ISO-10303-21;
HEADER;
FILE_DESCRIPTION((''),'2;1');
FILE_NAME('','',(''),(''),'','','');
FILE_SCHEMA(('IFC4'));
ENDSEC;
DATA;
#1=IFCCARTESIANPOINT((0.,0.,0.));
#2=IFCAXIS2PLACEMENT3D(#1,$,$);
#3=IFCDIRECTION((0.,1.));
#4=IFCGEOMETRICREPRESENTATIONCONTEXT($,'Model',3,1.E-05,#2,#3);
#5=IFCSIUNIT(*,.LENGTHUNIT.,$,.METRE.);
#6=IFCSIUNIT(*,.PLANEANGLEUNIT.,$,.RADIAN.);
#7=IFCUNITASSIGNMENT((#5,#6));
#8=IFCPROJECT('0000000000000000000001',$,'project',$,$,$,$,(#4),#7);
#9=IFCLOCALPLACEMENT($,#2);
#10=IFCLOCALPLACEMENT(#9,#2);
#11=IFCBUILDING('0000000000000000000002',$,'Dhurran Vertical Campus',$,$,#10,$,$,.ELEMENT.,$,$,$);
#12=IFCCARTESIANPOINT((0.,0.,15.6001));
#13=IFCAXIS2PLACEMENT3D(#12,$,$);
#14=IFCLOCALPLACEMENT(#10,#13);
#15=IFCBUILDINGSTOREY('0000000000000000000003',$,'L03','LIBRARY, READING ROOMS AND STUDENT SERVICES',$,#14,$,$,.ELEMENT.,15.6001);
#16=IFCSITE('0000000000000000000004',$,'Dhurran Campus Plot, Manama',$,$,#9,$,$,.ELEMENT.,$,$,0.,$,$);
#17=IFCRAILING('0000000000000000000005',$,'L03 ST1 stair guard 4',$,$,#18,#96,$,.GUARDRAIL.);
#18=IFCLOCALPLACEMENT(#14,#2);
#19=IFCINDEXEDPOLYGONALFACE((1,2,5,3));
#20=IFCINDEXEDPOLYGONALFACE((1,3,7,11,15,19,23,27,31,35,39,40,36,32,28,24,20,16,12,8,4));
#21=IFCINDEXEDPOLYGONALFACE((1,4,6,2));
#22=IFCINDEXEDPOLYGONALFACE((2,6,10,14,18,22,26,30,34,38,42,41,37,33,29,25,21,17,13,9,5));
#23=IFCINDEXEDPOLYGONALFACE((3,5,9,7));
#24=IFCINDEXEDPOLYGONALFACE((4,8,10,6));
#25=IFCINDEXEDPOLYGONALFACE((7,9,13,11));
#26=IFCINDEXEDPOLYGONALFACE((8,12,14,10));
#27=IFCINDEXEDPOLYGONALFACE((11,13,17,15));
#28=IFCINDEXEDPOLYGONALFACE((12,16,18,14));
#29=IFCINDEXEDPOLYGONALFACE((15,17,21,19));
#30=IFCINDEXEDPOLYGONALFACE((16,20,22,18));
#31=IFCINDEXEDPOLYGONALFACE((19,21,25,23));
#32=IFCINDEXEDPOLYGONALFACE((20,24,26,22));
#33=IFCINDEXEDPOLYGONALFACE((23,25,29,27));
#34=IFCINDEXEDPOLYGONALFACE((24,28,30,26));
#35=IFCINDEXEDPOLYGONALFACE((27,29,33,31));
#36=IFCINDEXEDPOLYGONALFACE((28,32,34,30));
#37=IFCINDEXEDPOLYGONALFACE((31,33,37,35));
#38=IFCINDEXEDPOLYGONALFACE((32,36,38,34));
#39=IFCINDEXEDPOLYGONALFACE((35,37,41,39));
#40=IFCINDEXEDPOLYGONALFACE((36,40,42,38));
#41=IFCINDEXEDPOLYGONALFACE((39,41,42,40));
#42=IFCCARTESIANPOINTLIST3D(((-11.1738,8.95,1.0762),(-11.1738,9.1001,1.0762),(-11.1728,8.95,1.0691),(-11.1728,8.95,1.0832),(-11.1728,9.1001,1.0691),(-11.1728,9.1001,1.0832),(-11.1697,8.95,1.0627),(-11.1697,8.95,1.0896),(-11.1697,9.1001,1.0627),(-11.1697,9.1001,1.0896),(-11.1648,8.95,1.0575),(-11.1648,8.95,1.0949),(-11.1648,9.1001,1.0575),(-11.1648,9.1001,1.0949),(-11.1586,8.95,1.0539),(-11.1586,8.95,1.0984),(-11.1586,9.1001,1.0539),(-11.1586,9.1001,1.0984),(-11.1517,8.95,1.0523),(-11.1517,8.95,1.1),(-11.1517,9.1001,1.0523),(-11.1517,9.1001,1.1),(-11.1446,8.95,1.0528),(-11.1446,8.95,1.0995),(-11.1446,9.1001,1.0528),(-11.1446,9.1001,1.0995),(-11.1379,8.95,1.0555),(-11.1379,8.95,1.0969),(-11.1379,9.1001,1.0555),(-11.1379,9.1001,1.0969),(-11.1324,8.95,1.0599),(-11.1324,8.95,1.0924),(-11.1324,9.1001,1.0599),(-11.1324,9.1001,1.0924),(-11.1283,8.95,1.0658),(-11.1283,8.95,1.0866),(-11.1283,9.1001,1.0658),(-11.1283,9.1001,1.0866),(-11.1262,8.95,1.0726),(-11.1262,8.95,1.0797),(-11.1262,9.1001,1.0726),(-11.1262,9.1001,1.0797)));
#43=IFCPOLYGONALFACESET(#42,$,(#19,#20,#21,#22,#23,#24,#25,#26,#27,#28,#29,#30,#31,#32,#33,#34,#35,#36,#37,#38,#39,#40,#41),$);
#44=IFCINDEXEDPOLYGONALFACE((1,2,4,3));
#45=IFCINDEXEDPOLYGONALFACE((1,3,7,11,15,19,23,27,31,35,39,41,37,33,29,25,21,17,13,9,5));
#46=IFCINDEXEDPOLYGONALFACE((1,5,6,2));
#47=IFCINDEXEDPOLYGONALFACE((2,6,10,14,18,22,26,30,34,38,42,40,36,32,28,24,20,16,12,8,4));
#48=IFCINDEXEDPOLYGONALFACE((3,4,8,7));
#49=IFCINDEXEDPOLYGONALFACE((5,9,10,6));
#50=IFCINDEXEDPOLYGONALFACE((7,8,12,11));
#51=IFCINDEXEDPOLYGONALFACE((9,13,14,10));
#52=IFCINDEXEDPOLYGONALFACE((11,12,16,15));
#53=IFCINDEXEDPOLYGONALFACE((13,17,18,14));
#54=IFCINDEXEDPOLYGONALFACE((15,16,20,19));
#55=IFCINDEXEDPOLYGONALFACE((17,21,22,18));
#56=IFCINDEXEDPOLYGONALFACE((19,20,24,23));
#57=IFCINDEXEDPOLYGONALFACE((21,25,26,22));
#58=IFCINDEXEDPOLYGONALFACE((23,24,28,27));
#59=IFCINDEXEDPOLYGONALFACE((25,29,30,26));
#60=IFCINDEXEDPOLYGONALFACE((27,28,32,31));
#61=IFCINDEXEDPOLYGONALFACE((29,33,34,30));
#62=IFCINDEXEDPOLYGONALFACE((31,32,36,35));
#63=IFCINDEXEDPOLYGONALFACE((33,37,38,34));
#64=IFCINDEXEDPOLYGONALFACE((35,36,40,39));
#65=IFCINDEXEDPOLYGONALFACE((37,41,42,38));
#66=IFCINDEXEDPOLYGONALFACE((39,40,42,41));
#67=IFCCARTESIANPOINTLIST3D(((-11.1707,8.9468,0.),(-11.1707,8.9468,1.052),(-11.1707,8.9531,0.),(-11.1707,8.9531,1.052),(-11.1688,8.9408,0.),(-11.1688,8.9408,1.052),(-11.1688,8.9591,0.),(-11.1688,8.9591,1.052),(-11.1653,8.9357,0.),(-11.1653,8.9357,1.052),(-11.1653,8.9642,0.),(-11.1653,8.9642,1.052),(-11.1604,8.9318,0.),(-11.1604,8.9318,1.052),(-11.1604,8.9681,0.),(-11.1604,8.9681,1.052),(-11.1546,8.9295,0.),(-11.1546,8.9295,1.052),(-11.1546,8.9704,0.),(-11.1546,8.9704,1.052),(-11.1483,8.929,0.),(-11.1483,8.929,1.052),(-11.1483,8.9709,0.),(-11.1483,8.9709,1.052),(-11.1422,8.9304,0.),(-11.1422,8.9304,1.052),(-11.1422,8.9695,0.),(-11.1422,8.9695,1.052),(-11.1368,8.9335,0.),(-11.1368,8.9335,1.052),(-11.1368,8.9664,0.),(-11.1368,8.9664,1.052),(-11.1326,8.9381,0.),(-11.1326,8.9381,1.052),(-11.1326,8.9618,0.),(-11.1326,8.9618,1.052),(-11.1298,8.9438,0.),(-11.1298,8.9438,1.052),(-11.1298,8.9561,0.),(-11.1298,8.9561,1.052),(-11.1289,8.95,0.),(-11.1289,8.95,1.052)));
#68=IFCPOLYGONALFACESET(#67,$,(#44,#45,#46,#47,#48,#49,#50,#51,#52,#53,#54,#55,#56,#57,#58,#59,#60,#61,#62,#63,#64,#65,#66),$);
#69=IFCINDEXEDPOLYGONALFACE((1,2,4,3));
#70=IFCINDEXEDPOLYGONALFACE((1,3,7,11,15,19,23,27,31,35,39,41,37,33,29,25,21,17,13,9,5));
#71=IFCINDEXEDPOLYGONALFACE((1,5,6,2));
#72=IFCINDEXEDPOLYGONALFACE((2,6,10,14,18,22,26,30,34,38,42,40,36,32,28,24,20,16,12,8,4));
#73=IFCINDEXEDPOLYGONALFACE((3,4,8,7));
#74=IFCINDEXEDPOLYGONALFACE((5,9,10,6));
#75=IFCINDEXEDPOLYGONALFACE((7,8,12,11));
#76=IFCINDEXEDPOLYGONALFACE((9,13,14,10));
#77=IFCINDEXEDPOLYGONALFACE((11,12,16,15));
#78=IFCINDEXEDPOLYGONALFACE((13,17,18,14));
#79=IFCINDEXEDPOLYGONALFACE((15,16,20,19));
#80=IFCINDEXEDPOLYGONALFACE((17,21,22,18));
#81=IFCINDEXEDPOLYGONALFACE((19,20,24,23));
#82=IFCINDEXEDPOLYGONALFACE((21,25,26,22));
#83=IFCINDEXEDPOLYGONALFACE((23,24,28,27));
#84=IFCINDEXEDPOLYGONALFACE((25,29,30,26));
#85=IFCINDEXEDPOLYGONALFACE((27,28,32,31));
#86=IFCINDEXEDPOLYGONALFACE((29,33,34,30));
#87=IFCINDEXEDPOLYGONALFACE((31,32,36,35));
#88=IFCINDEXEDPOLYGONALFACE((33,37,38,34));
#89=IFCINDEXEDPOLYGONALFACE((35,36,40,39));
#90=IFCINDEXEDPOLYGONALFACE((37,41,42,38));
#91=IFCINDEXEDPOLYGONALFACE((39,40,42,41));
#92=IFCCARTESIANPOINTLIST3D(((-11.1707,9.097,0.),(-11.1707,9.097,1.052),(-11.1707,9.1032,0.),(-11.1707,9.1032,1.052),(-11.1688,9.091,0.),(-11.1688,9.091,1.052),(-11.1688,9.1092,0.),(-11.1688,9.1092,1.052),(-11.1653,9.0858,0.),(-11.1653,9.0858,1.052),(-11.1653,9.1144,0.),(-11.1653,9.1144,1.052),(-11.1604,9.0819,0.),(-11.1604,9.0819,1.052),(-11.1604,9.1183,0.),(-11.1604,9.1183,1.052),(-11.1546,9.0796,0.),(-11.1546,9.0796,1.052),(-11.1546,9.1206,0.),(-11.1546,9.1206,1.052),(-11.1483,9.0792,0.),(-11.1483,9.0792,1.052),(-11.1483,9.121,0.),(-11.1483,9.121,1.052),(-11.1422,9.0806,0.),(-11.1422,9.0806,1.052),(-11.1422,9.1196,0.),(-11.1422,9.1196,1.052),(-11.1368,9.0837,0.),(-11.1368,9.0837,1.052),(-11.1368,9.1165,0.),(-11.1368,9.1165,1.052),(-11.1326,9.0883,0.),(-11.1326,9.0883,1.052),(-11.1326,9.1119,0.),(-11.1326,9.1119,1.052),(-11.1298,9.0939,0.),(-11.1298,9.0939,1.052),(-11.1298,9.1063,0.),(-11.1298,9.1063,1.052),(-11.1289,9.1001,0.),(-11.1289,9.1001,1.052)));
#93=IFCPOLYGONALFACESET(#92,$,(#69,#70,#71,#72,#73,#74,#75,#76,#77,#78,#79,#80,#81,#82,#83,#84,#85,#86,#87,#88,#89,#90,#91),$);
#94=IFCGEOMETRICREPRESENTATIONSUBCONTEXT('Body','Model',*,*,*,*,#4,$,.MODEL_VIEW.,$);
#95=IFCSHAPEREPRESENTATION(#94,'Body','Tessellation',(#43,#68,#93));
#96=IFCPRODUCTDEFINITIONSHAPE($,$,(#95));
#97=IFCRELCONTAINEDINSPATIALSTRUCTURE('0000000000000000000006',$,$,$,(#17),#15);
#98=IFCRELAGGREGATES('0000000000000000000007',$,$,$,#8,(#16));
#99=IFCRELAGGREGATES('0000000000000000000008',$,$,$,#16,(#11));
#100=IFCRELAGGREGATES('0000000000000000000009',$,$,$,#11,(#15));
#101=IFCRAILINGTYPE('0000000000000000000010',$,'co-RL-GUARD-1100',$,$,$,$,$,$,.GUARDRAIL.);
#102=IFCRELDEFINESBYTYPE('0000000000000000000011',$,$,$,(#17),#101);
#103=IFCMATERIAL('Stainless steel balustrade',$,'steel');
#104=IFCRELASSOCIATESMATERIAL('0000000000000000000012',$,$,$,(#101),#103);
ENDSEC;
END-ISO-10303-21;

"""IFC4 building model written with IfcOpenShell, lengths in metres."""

from ifc_helpers import new_model, si_unit, direction, frame, origin, origin_2d, place, context, subcontext, project, spatial, circle, extrude, material, type_object, element, save


model = new_model("IFC4")

# Units and contexts
model_context = context("Model", 3, precision=1e-05, world=origin(), true_north=direction((0.0, 1.0)))
body_context = subcontext(model_context, "Body", "Model", "MODEL_VIEW")
ifc_project = project(units=[si_unit("LENGTHUNIT", "METRE"), si_unit("PLANEANGLEUNIT", "RADIAN")], contexts=[model_context])

# Site, building, storey
site_placement = place(None, origin())
site = spatial("IfcSite", under=ifc_project, at=site_placement, Name="Dhurran Campus Plot, Manama", CompositionType="ELEMENT", RefElevation=0.0)
building_placement = place(site_placement, origin())
building = spatial("IfcBuilding", under=site, at=building_placement, Name="Dhurran Vertical Campus", CompositionType="ELEMENT")
storey_placement = place(building_placement, frame((0.0, 0.0, 15.6001)))
storey = spatial("IfcBuildingStorey", under=building, at=storey_placement, Name="L03", Description="LIBRARY, READING ROOMS AND STUDENT SERVICES", CompositionType="ELEMENT", Elevation=15.6001)

# Railing
ifc_material_1 = material(Name="Stainless steel balustrade", Category="steel")
railing_type_1 = type_object("IfcRailingType", Name="co-RL-GUARD-1100", PredefinedType="GUARDRAIL", material=ifc_material_1)
railing_1_placement = place(storey_placement, frame((-11.1499, 8.95, 0.0)))
element("IfcRailing", 1, at=railing_1_placement, inside=storey, type_object=railing_type_1, Name="L03 ST1 stair guard 4", PredefinedType="GUARDRAIL", context=body_context, shape_type="SweptSolid", body=[
    extrude(circle(Radius=0.0239, at=origin_2d()), frame((0.0, 0.0, 1.0762), z_axis=(0.0, 1.0, 0.0), x_axis=(-1.0, 0.0, 0.0)), (0.0, 0.0, 1.0), 0.1501),
    extrude(circle(Radius=0.021, at=origin_2d()), origin(), (0.0, 0.0, 1.0), 1.052),
    extrude(circle(Radius=0.021, at=origin_2d()), frame((0.0, 0.1501, 0.0)), (0.0, 0.0, 1.0), 1.052),
])

save(model, "model.ifc")
